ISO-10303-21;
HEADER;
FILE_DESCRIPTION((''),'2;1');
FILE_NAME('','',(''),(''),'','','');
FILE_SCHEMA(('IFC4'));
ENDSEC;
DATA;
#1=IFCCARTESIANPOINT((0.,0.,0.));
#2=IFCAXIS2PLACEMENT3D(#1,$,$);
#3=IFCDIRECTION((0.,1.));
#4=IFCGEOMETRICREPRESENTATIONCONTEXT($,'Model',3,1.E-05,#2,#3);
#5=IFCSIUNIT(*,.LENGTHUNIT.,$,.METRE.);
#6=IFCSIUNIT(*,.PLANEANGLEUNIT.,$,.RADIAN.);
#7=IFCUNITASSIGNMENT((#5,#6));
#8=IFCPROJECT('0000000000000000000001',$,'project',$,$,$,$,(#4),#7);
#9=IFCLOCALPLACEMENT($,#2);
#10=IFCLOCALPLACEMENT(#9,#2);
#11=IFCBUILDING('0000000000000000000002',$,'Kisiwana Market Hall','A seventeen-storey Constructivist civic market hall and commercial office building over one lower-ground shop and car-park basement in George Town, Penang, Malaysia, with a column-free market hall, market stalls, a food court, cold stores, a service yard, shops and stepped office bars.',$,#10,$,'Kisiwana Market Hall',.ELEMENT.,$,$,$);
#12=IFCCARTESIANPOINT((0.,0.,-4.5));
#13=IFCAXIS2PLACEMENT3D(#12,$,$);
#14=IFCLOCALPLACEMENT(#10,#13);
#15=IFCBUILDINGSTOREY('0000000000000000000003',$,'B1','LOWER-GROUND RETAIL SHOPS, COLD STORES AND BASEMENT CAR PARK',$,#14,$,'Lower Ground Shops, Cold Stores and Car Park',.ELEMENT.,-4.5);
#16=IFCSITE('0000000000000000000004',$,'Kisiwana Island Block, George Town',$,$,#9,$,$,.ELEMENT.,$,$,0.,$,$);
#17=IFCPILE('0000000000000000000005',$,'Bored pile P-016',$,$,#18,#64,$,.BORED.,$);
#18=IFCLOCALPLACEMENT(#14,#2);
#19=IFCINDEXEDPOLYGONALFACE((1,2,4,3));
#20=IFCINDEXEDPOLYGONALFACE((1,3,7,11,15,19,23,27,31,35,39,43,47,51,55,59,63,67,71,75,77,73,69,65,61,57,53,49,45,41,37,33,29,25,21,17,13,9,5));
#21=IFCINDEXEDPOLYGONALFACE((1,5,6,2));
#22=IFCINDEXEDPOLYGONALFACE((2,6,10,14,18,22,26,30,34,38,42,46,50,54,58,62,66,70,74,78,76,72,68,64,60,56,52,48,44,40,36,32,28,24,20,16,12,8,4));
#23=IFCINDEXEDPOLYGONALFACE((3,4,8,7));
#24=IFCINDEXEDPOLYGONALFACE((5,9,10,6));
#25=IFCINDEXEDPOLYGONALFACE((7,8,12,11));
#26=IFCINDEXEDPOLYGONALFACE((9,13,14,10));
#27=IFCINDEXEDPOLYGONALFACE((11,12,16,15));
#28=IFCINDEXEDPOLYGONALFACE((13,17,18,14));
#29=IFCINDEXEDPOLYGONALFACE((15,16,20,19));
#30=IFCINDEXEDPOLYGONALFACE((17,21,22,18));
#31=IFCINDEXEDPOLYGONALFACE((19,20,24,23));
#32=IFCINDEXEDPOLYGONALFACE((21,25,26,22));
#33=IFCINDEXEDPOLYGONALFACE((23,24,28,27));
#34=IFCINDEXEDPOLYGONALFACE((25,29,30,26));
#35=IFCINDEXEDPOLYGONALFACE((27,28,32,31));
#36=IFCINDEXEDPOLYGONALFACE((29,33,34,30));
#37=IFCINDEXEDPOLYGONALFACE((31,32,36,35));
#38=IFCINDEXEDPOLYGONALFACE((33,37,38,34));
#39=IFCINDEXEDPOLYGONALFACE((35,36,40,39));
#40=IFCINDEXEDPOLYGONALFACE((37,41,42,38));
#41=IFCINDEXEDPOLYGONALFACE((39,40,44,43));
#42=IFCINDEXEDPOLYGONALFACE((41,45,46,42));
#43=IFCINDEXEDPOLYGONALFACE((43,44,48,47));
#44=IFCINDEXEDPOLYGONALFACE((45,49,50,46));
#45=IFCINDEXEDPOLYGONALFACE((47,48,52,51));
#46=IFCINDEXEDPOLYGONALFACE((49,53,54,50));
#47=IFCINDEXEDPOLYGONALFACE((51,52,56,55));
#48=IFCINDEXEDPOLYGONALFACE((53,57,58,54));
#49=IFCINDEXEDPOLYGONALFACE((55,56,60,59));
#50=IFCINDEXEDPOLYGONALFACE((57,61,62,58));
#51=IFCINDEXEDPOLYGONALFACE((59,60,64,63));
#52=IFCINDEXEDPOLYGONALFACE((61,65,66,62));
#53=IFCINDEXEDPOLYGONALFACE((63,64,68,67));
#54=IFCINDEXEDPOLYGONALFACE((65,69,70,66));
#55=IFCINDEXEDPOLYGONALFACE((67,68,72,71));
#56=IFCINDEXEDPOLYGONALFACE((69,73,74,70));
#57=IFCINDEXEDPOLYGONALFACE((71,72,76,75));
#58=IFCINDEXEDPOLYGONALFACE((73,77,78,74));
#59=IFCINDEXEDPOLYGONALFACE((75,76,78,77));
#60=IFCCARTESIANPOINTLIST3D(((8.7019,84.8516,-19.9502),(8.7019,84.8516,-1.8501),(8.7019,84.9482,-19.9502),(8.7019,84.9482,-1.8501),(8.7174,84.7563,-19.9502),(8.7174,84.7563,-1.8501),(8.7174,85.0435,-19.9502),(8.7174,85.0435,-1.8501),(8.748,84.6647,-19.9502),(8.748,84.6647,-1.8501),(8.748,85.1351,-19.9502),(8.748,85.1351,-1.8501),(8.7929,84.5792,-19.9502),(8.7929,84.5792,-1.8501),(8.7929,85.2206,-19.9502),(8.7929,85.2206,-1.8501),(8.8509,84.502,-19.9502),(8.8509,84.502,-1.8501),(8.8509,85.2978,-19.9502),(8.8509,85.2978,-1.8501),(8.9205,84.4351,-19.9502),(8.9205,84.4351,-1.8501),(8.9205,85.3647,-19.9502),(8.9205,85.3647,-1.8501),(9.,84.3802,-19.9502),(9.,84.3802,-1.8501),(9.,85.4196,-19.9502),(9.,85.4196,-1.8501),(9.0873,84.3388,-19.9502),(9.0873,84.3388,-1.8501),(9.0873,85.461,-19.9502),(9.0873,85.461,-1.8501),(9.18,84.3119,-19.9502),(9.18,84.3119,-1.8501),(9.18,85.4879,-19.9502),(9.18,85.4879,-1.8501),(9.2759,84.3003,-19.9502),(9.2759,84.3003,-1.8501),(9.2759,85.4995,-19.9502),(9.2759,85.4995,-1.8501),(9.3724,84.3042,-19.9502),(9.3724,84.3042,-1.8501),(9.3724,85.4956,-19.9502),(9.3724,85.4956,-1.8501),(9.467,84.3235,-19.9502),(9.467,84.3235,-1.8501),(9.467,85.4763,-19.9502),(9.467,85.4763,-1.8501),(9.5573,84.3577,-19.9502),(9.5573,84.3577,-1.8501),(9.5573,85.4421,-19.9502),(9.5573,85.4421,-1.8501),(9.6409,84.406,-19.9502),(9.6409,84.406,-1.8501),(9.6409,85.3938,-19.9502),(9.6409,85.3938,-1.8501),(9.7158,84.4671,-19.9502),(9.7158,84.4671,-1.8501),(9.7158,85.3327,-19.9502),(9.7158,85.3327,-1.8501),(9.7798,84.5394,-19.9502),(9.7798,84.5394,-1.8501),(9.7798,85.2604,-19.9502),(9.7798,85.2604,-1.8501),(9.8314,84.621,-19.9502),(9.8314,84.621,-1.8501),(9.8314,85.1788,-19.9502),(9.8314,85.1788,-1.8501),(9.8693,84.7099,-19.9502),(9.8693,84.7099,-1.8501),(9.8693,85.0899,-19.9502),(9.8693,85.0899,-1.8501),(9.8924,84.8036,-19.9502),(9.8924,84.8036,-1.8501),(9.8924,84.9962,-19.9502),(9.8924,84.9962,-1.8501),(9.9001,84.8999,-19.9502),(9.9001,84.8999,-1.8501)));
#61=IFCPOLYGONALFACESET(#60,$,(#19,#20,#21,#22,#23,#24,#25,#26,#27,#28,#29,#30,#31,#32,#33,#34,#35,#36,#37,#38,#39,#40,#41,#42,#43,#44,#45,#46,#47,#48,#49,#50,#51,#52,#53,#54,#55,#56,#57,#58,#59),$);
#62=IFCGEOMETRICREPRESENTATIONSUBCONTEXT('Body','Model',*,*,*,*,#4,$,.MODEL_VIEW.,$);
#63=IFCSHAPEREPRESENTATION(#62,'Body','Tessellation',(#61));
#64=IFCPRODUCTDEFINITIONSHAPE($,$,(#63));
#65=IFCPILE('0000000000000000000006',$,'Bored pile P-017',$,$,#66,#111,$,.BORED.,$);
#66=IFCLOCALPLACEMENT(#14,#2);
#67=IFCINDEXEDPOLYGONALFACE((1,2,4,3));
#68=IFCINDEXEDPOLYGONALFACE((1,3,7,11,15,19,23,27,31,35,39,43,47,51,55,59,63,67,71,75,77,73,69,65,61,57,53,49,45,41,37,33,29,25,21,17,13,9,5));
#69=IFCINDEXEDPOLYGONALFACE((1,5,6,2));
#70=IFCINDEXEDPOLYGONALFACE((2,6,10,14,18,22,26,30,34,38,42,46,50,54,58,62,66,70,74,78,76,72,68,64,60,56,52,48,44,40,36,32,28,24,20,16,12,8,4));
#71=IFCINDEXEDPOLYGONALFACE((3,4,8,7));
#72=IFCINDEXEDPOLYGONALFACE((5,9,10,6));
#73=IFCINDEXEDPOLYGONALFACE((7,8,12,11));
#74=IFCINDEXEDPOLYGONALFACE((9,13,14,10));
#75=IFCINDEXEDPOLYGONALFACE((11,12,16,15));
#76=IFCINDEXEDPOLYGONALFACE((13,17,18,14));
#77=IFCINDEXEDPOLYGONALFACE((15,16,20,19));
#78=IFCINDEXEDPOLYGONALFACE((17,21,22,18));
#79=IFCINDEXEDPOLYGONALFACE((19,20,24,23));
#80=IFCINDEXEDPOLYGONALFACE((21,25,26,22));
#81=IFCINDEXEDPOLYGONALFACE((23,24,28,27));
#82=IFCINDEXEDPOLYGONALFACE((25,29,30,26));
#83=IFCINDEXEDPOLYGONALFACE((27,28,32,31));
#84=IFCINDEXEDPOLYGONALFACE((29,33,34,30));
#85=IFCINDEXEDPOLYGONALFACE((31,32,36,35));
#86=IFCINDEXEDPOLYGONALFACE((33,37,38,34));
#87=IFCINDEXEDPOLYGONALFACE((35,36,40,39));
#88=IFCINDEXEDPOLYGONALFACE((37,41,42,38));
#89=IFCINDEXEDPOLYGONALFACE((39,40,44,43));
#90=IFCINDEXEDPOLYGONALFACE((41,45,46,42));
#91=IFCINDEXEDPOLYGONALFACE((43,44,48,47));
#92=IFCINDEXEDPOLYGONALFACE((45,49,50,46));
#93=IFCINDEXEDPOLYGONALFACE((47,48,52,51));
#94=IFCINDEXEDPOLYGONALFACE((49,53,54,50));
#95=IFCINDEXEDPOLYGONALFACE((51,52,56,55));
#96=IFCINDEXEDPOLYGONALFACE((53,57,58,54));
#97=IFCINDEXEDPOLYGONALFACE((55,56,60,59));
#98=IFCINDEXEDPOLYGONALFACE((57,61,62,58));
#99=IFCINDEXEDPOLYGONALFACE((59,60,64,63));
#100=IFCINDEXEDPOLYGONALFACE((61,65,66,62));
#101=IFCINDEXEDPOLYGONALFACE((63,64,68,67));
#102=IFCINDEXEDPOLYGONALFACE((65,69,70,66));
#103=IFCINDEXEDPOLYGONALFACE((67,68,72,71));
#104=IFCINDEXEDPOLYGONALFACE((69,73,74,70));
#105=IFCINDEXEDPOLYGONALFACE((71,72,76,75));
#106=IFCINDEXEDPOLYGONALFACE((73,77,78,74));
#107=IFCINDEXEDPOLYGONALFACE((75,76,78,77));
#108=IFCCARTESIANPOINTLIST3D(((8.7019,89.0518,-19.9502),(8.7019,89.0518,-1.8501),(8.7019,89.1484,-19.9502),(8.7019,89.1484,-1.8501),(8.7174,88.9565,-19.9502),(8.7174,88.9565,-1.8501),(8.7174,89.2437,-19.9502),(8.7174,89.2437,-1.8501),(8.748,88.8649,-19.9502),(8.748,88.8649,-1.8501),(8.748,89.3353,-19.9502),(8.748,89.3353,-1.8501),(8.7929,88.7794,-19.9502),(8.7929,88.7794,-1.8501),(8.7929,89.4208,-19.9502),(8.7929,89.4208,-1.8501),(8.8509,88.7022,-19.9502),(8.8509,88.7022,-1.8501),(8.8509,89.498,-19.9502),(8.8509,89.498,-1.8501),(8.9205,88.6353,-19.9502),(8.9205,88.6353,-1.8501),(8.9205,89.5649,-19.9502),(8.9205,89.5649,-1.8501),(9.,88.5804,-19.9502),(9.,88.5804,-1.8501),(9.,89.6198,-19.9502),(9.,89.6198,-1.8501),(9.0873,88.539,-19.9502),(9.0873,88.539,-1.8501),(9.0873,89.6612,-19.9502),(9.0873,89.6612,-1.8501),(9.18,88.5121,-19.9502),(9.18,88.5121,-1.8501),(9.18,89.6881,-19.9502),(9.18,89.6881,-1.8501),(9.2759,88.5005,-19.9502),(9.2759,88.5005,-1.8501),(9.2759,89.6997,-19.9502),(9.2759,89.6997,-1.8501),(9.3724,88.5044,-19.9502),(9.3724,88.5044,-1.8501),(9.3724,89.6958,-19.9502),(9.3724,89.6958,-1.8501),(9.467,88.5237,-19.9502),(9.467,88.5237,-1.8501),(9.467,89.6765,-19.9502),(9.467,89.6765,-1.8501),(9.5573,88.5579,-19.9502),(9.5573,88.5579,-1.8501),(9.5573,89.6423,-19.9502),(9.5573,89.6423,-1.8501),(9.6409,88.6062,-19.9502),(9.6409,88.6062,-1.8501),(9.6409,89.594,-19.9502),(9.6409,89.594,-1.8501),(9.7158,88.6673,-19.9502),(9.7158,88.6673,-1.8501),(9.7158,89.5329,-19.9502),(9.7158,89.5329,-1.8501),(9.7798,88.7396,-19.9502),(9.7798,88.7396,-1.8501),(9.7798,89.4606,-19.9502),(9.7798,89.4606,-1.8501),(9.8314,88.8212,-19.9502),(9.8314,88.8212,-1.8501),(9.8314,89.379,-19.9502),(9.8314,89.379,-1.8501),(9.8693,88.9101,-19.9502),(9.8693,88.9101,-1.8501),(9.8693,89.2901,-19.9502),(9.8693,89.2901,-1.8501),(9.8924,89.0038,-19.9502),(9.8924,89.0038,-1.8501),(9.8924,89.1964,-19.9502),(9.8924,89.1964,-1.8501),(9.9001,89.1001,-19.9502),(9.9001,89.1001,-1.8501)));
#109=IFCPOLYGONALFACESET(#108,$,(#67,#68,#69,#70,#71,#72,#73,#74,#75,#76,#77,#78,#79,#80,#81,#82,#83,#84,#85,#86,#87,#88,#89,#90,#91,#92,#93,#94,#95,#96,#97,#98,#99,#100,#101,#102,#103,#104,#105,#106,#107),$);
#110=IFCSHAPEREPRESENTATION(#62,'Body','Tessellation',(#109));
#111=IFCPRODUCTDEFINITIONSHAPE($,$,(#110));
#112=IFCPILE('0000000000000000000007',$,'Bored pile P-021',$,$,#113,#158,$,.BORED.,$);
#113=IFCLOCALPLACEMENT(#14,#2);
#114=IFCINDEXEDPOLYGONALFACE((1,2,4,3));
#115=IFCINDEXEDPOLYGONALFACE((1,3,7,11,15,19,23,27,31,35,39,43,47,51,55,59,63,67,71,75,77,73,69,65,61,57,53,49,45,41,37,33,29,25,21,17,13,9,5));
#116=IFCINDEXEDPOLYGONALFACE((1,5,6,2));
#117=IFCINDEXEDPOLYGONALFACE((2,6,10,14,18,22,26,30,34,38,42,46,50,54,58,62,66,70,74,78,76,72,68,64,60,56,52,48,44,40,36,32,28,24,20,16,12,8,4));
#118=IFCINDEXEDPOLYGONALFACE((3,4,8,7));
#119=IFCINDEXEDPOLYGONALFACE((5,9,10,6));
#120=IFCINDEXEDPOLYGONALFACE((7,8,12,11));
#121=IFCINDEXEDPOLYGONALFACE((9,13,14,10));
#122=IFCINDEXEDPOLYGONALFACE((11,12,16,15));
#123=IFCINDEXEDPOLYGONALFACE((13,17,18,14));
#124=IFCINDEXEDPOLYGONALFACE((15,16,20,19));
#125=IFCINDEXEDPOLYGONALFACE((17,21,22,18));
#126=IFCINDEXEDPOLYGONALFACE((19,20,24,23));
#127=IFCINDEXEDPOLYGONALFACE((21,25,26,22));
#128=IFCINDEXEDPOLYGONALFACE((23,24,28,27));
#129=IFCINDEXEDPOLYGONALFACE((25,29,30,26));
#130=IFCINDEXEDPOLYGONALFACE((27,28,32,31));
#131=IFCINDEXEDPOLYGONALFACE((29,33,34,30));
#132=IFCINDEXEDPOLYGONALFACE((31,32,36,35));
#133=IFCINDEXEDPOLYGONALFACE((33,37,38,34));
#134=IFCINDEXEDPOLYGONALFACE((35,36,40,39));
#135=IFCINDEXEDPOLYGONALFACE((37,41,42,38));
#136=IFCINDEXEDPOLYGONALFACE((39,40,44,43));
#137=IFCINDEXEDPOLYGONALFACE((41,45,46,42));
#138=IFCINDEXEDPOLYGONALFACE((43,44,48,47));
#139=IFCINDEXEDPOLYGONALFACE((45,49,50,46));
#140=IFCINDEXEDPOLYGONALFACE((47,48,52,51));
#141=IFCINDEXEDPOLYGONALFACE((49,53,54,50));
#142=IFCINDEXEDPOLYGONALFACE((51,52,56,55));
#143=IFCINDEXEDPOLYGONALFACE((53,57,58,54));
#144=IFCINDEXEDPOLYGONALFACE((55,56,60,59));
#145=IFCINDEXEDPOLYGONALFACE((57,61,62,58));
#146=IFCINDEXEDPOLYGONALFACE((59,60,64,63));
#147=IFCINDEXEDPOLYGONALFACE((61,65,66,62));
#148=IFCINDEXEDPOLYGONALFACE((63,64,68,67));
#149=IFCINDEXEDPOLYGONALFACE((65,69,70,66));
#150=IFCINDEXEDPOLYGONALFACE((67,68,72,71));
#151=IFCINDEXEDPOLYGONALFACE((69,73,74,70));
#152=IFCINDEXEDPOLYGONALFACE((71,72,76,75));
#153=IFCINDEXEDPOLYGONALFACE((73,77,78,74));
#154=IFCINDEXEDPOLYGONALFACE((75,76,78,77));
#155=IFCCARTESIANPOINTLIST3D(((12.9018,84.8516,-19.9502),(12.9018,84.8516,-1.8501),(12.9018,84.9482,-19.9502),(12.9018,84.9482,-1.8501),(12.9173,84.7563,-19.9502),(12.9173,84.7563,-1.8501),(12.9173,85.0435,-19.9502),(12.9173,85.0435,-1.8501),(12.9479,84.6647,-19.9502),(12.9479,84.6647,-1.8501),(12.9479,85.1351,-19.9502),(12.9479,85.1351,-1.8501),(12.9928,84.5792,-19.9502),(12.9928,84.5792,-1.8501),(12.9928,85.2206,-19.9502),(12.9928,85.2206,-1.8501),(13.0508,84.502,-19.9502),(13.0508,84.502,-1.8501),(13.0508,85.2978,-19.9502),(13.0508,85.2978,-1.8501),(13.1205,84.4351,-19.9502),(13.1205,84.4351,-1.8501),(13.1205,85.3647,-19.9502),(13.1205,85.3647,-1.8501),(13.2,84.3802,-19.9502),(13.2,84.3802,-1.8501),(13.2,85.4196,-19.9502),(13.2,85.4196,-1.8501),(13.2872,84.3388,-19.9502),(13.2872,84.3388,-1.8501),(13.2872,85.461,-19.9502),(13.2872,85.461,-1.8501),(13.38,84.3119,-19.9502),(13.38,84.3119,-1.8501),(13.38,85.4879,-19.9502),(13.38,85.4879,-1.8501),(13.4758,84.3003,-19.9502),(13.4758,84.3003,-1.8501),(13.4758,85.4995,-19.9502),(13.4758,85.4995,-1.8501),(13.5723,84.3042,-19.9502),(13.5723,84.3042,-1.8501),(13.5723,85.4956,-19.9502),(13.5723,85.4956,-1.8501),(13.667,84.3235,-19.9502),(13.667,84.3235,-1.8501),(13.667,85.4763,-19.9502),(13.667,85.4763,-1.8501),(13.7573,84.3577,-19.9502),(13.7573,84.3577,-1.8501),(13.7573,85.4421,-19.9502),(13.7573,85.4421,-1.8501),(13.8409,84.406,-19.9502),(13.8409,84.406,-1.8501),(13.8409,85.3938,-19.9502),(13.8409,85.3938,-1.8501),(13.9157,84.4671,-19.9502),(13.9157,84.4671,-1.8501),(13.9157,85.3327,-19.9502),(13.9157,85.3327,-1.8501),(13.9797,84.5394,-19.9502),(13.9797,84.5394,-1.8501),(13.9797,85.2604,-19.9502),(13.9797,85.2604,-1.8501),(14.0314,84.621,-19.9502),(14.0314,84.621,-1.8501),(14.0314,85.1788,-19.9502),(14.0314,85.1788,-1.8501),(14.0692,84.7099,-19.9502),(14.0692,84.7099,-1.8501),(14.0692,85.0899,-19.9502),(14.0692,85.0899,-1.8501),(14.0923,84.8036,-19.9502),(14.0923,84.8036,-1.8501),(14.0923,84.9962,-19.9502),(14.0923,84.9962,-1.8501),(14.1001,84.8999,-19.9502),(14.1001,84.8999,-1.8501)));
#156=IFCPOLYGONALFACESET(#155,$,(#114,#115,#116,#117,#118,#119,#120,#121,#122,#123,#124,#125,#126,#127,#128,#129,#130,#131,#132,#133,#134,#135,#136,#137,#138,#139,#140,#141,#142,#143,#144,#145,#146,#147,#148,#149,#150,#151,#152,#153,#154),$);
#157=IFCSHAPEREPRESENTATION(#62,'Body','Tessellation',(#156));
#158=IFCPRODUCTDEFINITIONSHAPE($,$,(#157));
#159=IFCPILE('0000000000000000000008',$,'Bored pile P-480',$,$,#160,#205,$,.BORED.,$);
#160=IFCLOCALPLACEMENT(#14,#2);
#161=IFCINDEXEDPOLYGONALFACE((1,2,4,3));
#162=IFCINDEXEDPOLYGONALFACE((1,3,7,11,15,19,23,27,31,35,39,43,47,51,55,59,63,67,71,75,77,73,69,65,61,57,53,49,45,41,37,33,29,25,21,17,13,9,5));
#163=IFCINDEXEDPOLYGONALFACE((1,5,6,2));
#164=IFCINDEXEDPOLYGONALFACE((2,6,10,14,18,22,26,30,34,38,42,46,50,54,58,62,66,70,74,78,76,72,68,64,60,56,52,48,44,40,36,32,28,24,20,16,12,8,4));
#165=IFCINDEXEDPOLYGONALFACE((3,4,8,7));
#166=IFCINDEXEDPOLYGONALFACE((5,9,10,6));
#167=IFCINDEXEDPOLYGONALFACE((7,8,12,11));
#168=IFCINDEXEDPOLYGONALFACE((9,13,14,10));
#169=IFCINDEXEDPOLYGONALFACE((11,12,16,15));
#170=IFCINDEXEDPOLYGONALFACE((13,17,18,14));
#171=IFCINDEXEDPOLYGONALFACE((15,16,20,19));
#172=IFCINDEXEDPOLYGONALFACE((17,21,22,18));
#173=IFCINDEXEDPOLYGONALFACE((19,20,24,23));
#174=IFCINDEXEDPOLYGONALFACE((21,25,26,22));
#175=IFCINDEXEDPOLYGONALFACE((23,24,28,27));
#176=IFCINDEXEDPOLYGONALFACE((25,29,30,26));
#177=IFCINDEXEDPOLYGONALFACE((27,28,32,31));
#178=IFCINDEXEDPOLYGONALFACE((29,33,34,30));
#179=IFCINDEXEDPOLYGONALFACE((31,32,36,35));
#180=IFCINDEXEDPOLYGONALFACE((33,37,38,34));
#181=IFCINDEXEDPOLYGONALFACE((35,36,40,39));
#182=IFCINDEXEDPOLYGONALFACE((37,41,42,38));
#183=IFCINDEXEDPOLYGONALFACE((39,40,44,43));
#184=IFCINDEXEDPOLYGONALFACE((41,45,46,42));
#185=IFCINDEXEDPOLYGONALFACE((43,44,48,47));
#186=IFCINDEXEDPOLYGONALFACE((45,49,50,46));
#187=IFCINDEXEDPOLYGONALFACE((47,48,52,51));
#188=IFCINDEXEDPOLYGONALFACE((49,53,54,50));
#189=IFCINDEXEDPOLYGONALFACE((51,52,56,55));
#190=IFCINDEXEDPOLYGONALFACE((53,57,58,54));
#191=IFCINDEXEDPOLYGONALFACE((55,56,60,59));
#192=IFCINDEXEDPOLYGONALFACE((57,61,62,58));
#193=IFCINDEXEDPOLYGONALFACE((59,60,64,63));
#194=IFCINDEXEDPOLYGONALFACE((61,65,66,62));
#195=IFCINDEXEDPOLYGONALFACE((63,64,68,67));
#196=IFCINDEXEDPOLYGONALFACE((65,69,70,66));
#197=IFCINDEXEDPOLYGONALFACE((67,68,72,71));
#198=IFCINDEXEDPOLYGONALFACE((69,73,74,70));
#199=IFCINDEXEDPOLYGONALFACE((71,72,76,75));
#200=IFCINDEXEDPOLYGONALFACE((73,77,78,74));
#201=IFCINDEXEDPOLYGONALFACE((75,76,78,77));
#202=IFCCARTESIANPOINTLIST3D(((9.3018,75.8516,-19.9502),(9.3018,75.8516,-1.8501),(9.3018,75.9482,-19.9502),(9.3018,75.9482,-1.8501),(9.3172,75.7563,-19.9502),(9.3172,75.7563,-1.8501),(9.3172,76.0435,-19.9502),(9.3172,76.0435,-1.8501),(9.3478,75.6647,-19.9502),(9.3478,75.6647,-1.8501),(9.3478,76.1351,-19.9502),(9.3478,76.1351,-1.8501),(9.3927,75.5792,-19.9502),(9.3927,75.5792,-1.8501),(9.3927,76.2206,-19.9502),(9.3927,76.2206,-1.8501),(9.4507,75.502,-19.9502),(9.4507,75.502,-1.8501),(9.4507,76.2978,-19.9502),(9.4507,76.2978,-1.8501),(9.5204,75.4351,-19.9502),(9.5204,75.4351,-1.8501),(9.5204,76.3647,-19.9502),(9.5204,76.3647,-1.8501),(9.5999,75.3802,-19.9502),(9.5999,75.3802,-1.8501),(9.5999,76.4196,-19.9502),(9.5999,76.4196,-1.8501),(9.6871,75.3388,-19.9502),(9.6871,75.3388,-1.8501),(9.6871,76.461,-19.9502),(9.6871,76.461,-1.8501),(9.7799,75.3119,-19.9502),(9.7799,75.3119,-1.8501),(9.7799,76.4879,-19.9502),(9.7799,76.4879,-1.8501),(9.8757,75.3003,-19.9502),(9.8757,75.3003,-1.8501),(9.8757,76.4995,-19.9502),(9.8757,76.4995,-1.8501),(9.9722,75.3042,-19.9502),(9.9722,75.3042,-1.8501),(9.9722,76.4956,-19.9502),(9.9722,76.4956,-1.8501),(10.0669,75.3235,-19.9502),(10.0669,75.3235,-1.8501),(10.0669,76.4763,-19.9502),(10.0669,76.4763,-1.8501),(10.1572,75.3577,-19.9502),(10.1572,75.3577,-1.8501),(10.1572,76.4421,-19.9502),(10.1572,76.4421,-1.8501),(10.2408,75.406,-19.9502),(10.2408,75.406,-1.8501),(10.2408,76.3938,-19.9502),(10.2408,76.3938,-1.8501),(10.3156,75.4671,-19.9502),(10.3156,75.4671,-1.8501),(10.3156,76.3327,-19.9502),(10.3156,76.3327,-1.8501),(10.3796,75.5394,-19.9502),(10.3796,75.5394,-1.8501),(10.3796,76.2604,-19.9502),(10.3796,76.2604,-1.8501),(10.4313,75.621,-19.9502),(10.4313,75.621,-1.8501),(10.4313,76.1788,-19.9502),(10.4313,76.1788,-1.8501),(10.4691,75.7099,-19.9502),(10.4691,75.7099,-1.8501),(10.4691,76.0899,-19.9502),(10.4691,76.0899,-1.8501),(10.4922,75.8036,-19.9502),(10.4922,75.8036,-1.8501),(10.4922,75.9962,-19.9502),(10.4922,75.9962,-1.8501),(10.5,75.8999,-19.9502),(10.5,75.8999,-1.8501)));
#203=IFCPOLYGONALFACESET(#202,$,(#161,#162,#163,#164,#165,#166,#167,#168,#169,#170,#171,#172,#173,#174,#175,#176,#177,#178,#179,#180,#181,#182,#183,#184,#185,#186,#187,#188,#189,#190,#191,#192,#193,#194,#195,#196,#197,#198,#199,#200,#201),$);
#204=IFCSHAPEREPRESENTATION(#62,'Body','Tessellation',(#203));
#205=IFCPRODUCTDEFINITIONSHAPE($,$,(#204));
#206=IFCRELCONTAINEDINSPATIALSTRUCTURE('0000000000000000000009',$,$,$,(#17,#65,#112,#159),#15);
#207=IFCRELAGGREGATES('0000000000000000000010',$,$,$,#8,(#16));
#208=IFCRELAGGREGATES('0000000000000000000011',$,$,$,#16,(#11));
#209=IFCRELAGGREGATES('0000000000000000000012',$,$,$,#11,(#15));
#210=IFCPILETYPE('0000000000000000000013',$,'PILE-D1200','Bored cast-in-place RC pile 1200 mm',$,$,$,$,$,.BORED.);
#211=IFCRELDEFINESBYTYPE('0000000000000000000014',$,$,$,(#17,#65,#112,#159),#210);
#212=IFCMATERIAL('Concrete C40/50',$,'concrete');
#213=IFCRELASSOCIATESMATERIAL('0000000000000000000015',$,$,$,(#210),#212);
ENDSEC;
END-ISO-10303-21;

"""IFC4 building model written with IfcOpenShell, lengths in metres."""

from ifc_helpers import new_model, si_unit, direction, frame, origin, origin_2d, place, context, subcontext, project, spatial, circle, extrude, material, material_profile, profile_set, type_object, element, save


model = new_model("IFC4")

# Units and contexts
model_context = context("Model", 3, precision=1e-05, world=origin(), true_north=direction((0.0, 1.0)))
body_context = subcontext(model_context, "Body", "Model", "MODEL_VIEW")
ifc_project = project(units=[si_unit("LENGTHUNIT", "METRE"), si_unit("PLANEANGLEUNIT", "RADIAN")], contexts=[model_context])

# Site, building, storey
site_placement = place(None, origin())
site = spatial("IfcSite", under=ifc_project, at=site_placement, Name="Kisiwana Island Block, George Town", CompositionType="ELEMENT", RefElevation=0.0)
building_placement = place(site_placement, origin())
building = spatial("IfcBuilding", under=site, at=building_placement, Name="Kisiwana Market Hall", Description="A seventeen-storey Constructivist civic market hall and commercial office building over one lower-ground shop and car-park basement in George Town, Penang, Malaysia, with a column-free market hall, market stalls, a food court, cold stores, a service yard, shops and stepped office bars.", LongName="Kisiwana Market Hall", CompositionType="ELEMENT")
storey_placement = place(building_placement, frame((0.0, 0.0, -4.5)))
storey = spatial("IfcBuildingStorey", under=building, at=storey_placement, Name="B1", Description="LOWER-GROUND RETAIL SHOPS, COLD STORES AND BASEMENT CAR PARK", LongName="Lower Ground Shops, Cold Stores and Car Park", CompositionType="ELEMENT", Elevation=-4.5)

# Piles
ifc_material_1 = material(Name="Concrete C40/50", Category="concrete")
ifc_material_profile_1 = material_profile(ifc_material_1, circle(Radius=0.6001, at=origin_2d()), Name="BP D1200")
ifc_profile_set_1 = profile_set([ifc_material_profile_1], Name="Concrete C40/50")
pile_type_1 = type_object("IfcPileType", Name="PILE-D1200", Description="Bored cast-in-place RC pile 1200 mm", PredefinedType="BORED", material=ifc_profile_set_1)
for number, where, z_axis, x_axis, name in (
    (1, (9.3, 84.8999, -1.8501), (0.0, 0.0, -1.0), (1.0, 0.0, 0.0), "Bored pile P-016"),
    (2, (9.3, 89.1001, -1.8501), (0.0, 0.0, -1.0), (1.0, 0.0, 0.0), "Bored pile P-017"),
    (3, (13.5, 84.8999, -1.8501), (0.0, 0.0, -1.0), (1.0, 0.0, 0.0), "Bored pile P-021"),
    (4, (9.8999, 75.8999, -1.8501), (0.0, 0.0, -1.0), (1.0, 0.0, 0.0), "Bored pile P-480"),
):
    element("IfcPile", number, at=place(storey_placement, frame(where, z_axis=z_axis, x_axis=x_axis)), inside=storey, type_object=pile_type_1, Name=name, PredefinedType="BORED", context=body_context, shape_type="SweptSolid", body=[
        extrude(circle(Radius=0.6001, at=origin_2d()), origin(), (0.0, 0.0, 1.0), 18.1001),
    ])

save(model, "model.ifc")
